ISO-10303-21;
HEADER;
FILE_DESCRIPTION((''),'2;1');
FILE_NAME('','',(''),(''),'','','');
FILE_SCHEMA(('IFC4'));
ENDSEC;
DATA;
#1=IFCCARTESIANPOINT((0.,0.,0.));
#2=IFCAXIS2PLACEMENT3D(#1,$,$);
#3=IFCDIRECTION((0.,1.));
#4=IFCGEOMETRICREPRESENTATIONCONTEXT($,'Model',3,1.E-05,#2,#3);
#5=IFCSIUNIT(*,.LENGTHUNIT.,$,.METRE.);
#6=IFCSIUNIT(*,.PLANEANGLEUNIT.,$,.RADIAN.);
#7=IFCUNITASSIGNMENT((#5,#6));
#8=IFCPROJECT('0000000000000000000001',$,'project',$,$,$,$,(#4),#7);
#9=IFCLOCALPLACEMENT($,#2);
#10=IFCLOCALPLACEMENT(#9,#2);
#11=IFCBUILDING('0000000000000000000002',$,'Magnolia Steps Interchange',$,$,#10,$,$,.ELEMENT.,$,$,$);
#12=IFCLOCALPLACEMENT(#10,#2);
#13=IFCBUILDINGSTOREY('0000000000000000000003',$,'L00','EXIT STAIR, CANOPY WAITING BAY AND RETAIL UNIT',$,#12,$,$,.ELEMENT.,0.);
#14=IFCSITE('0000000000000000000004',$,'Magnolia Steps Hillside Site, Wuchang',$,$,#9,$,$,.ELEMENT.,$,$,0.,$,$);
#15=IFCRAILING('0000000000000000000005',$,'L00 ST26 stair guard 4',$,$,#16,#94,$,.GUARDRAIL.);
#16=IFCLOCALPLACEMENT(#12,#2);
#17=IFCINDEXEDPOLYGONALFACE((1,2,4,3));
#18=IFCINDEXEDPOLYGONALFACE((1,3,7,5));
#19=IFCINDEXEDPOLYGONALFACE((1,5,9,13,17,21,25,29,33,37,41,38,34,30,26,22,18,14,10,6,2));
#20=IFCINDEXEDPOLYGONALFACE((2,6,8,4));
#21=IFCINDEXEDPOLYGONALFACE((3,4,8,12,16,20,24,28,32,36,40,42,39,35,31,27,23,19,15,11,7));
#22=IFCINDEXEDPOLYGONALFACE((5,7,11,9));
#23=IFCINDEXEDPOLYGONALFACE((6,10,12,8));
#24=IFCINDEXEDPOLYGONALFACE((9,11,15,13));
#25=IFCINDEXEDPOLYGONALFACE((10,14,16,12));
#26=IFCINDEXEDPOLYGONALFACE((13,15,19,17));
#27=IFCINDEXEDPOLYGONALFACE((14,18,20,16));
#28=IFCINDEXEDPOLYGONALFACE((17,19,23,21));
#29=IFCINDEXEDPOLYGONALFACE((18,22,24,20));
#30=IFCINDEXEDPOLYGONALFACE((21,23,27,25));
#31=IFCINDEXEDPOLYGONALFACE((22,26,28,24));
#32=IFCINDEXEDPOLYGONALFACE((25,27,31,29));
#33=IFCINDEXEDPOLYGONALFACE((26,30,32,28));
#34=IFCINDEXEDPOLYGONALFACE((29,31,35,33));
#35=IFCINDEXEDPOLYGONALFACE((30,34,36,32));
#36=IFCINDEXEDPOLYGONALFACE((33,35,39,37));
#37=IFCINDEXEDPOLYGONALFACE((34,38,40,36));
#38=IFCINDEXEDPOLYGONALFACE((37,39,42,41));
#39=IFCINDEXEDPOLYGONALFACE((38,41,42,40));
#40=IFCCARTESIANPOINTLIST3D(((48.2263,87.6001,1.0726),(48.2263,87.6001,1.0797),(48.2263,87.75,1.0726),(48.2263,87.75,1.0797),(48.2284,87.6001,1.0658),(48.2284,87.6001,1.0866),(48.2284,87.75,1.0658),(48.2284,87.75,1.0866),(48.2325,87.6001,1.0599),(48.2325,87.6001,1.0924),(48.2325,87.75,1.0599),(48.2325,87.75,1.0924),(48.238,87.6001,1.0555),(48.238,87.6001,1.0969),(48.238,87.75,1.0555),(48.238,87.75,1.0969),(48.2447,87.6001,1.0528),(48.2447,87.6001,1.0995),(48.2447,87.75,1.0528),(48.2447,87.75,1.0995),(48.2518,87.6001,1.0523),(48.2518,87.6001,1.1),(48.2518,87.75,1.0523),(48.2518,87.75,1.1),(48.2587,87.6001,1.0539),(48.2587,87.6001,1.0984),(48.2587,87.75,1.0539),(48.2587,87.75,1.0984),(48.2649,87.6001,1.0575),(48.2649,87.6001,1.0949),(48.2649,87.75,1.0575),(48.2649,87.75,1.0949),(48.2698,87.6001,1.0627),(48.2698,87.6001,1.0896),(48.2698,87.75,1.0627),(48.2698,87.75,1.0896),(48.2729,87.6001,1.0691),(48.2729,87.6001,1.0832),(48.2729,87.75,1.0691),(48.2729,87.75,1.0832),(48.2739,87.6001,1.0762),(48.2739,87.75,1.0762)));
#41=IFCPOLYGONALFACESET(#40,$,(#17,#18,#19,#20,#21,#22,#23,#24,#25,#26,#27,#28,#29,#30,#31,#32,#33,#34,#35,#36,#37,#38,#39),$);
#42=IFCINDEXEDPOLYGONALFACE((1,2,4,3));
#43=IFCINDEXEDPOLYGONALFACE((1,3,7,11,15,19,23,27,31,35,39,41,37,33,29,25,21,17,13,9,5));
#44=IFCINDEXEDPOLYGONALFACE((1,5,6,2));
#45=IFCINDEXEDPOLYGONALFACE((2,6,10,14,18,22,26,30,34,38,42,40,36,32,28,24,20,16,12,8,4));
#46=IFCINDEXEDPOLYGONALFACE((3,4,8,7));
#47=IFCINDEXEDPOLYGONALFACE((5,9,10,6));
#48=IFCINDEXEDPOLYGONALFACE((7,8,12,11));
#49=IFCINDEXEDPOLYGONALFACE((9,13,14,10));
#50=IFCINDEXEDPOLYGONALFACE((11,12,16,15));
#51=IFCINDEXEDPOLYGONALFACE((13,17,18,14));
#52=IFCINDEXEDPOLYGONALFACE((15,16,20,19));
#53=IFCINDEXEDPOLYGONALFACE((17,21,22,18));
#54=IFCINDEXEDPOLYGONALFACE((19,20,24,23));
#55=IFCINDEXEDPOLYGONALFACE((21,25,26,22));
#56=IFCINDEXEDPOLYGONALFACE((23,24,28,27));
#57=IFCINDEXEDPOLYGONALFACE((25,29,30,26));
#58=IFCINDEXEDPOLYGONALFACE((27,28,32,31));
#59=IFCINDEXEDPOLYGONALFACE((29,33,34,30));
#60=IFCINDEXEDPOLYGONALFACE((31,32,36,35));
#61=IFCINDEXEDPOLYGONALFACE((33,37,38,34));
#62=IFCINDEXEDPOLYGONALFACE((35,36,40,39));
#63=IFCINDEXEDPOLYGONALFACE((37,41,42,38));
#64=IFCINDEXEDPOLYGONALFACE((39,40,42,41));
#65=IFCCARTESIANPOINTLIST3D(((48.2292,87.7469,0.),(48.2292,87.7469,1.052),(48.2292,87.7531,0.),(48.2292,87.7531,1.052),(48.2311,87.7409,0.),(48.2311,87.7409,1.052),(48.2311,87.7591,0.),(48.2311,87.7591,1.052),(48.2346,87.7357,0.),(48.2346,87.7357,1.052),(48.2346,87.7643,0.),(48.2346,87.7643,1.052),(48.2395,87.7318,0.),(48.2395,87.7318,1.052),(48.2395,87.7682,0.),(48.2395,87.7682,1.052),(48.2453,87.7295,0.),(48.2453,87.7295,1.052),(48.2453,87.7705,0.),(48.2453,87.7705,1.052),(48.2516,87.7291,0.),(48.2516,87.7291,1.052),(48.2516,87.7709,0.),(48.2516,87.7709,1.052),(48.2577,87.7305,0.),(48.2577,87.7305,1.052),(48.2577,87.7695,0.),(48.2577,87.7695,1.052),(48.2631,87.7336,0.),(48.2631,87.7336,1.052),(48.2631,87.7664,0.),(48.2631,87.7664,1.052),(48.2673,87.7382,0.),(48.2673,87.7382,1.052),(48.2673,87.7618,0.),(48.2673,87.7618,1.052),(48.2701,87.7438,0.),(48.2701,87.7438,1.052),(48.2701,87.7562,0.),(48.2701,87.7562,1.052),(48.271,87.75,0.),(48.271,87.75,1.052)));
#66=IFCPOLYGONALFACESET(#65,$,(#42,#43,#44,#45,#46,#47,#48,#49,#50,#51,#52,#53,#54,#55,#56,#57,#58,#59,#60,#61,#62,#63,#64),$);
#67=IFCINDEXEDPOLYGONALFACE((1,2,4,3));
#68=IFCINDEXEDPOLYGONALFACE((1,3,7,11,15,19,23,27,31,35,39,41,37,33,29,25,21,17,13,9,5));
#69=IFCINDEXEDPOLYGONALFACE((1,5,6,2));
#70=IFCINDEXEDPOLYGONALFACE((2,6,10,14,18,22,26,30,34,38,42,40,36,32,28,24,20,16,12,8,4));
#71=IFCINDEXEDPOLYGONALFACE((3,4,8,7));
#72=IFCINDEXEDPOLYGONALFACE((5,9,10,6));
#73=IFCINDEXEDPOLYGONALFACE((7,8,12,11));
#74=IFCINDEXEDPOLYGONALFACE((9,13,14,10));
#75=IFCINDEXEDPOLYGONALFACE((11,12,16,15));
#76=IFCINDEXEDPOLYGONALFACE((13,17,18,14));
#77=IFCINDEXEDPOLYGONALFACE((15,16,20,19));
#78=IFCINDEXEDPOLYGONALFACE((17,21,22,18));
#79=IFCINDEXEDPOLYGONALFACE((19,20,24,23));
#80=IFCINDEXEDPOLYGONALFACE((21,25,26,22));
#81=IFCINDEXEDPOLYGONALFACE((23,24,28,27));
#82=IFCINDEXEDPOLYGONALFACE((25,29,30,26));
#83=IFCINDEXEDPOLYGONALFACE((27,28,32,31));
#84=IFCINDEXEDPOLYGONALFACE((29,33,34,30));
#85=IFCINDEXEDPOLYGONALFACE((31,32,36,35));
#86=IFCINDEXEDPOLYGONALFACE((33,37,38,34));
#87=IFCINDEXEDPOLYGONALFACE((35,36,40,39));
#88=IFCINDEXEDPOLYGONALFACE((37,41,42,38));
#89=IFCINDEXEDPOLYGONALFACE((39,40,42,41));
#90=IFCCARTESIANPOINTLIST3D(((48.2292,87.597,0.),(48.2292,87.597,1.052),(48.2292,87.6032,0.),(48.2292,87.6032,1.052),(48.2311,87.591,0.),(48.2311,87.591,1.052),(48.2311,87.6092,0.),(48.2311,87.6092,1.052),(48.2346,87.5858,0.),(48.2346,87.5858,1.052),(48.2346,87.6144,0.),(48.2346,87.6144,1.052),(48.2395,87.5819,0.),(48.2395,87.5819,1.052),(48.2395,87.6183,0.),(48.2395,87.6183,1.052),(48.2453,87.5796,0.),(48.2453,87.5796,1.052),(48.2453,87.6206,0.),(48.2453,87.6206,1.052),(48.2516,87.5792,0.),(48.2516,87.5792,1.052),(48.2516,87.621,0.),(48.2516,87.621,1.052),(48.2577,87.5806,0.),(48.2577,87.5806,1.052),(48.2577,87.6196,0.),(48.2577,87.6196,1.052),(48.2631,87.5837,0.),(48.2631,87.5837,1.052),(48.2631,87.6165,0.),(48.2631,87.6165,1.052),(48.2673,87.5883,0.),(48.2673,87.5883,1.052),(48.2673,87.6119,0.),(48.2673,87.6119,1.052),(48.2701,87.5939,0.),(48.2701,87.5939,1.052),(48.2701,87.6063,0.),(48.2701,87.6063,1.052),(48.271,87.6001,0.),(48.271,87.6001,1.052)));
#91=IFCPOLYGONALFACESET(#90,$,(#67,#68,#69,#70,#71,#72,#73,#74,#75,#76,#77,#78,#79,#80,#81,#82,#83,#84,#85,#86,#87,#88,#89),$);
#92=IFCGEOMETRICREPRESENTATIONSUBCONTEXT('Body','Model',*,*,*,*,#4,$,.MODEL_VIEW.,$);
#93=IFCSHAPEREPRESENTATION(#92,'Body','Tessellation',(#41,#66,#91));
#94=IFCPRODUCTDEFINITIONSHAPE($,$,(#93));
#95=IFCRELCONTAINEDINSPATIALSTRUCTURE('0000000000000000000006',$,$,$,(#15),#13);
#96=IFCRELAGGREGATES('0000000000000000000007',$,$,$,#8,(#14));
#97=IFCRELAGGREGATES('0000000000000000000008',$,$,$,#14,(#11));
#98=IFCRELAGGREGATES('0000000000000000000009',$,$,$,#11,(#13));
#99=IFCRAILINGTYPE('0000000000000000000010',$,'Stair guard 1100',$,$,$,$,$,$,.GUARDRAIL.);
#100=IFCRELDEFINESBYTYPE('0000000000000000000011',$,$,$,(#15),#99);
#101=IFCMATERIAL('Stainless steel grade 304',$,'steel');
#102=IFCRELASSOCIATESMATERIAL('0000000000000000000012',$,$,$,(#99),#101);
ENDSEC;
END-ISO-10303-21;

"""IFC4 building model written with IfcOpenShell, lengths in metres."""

from ifc_helpers import new_model, si_unit, direction, frame, origin, origin_2d, place, context, subcontext, project, spatial, circle, extrude, material, type_object, element, save


model = new_model("IFC4")

# Units and contexts
model_context = context("Model", 3, precision=1e-05, world=origin(), true_north=direction((0.0, 1.0)))
body_context = subcontext(model_context, "Body", "Model", "MODEL_VIEW")
ifc_project = project(units=[si_unit("LENGTHUNIT", "METRE"), si_unit("PLANEANGLEUNIT", "RADIAN")], contexts=[model_context])

# Site, building, storey
site_placement = place(None, origin())
site = spatial("IfcSite", under=ifc_project, at=site_placement, Name="Magnolia Steps Hillside Site, Wuchang", CompositionType="ELEMENT", RefElevation=0.0)
building_placement = place(site_placement, origin())
building = spatial("IfcBuilding", under=site, at=building_placement, Name="Magnolia Steps Interchange", CompositionType="ELEMENT")
storey_placement = place(building_placement, origin())
storey = spatial("IfcBuildingStorey", under=building, at=storey_placement, Name="L00", Description="EXIT STAIR, CANOPY WAITING BAY AND RETAIL UNIT", CompositionType="ELEMENT", Elevation=0.0)

# Railing
ifc_material_1 = material(Name="Stainless steel grade 304", Category="steel")
railing_type_1 = type_object("IfcRailingType", Name="Stair guard 1100", PredefinedType="GUARDRAIL", material=ifc_material_1)
railing_1_placement = place(storey_placement, frame((48.25, 87.75, 0.0)))
element("IfcRailing", 1, at=railing_1_placement, inside=storey, type_object=railing_type_1, Name="L00 ST26 stair guard 4", PredefinedType="GUARDRAIL", context=body_context, shape_type="SweptSolid", body=[
    extrude(circle(Radius=0.0239, at=origin_2d()), frame((0.0, 0.0, 1.0762), z_axis=(0.0, -1.0, 0.0), x_axis=(1.0, 0.0, 0.0)), (0.0, 0.0, 1.0), 0.1499),
    extrude(circle(Radius=0.021, at=origin_2d()), origin(), (0.0, 0.0, 1.0), 1.052),
    extrude(circle(Radius=0.021, at=origin_2d()), frame((0.0, -0.1499, 0.0)), (0.0, 0.0, 1.0), 1.052),
])

save(model, "model.ifc")
